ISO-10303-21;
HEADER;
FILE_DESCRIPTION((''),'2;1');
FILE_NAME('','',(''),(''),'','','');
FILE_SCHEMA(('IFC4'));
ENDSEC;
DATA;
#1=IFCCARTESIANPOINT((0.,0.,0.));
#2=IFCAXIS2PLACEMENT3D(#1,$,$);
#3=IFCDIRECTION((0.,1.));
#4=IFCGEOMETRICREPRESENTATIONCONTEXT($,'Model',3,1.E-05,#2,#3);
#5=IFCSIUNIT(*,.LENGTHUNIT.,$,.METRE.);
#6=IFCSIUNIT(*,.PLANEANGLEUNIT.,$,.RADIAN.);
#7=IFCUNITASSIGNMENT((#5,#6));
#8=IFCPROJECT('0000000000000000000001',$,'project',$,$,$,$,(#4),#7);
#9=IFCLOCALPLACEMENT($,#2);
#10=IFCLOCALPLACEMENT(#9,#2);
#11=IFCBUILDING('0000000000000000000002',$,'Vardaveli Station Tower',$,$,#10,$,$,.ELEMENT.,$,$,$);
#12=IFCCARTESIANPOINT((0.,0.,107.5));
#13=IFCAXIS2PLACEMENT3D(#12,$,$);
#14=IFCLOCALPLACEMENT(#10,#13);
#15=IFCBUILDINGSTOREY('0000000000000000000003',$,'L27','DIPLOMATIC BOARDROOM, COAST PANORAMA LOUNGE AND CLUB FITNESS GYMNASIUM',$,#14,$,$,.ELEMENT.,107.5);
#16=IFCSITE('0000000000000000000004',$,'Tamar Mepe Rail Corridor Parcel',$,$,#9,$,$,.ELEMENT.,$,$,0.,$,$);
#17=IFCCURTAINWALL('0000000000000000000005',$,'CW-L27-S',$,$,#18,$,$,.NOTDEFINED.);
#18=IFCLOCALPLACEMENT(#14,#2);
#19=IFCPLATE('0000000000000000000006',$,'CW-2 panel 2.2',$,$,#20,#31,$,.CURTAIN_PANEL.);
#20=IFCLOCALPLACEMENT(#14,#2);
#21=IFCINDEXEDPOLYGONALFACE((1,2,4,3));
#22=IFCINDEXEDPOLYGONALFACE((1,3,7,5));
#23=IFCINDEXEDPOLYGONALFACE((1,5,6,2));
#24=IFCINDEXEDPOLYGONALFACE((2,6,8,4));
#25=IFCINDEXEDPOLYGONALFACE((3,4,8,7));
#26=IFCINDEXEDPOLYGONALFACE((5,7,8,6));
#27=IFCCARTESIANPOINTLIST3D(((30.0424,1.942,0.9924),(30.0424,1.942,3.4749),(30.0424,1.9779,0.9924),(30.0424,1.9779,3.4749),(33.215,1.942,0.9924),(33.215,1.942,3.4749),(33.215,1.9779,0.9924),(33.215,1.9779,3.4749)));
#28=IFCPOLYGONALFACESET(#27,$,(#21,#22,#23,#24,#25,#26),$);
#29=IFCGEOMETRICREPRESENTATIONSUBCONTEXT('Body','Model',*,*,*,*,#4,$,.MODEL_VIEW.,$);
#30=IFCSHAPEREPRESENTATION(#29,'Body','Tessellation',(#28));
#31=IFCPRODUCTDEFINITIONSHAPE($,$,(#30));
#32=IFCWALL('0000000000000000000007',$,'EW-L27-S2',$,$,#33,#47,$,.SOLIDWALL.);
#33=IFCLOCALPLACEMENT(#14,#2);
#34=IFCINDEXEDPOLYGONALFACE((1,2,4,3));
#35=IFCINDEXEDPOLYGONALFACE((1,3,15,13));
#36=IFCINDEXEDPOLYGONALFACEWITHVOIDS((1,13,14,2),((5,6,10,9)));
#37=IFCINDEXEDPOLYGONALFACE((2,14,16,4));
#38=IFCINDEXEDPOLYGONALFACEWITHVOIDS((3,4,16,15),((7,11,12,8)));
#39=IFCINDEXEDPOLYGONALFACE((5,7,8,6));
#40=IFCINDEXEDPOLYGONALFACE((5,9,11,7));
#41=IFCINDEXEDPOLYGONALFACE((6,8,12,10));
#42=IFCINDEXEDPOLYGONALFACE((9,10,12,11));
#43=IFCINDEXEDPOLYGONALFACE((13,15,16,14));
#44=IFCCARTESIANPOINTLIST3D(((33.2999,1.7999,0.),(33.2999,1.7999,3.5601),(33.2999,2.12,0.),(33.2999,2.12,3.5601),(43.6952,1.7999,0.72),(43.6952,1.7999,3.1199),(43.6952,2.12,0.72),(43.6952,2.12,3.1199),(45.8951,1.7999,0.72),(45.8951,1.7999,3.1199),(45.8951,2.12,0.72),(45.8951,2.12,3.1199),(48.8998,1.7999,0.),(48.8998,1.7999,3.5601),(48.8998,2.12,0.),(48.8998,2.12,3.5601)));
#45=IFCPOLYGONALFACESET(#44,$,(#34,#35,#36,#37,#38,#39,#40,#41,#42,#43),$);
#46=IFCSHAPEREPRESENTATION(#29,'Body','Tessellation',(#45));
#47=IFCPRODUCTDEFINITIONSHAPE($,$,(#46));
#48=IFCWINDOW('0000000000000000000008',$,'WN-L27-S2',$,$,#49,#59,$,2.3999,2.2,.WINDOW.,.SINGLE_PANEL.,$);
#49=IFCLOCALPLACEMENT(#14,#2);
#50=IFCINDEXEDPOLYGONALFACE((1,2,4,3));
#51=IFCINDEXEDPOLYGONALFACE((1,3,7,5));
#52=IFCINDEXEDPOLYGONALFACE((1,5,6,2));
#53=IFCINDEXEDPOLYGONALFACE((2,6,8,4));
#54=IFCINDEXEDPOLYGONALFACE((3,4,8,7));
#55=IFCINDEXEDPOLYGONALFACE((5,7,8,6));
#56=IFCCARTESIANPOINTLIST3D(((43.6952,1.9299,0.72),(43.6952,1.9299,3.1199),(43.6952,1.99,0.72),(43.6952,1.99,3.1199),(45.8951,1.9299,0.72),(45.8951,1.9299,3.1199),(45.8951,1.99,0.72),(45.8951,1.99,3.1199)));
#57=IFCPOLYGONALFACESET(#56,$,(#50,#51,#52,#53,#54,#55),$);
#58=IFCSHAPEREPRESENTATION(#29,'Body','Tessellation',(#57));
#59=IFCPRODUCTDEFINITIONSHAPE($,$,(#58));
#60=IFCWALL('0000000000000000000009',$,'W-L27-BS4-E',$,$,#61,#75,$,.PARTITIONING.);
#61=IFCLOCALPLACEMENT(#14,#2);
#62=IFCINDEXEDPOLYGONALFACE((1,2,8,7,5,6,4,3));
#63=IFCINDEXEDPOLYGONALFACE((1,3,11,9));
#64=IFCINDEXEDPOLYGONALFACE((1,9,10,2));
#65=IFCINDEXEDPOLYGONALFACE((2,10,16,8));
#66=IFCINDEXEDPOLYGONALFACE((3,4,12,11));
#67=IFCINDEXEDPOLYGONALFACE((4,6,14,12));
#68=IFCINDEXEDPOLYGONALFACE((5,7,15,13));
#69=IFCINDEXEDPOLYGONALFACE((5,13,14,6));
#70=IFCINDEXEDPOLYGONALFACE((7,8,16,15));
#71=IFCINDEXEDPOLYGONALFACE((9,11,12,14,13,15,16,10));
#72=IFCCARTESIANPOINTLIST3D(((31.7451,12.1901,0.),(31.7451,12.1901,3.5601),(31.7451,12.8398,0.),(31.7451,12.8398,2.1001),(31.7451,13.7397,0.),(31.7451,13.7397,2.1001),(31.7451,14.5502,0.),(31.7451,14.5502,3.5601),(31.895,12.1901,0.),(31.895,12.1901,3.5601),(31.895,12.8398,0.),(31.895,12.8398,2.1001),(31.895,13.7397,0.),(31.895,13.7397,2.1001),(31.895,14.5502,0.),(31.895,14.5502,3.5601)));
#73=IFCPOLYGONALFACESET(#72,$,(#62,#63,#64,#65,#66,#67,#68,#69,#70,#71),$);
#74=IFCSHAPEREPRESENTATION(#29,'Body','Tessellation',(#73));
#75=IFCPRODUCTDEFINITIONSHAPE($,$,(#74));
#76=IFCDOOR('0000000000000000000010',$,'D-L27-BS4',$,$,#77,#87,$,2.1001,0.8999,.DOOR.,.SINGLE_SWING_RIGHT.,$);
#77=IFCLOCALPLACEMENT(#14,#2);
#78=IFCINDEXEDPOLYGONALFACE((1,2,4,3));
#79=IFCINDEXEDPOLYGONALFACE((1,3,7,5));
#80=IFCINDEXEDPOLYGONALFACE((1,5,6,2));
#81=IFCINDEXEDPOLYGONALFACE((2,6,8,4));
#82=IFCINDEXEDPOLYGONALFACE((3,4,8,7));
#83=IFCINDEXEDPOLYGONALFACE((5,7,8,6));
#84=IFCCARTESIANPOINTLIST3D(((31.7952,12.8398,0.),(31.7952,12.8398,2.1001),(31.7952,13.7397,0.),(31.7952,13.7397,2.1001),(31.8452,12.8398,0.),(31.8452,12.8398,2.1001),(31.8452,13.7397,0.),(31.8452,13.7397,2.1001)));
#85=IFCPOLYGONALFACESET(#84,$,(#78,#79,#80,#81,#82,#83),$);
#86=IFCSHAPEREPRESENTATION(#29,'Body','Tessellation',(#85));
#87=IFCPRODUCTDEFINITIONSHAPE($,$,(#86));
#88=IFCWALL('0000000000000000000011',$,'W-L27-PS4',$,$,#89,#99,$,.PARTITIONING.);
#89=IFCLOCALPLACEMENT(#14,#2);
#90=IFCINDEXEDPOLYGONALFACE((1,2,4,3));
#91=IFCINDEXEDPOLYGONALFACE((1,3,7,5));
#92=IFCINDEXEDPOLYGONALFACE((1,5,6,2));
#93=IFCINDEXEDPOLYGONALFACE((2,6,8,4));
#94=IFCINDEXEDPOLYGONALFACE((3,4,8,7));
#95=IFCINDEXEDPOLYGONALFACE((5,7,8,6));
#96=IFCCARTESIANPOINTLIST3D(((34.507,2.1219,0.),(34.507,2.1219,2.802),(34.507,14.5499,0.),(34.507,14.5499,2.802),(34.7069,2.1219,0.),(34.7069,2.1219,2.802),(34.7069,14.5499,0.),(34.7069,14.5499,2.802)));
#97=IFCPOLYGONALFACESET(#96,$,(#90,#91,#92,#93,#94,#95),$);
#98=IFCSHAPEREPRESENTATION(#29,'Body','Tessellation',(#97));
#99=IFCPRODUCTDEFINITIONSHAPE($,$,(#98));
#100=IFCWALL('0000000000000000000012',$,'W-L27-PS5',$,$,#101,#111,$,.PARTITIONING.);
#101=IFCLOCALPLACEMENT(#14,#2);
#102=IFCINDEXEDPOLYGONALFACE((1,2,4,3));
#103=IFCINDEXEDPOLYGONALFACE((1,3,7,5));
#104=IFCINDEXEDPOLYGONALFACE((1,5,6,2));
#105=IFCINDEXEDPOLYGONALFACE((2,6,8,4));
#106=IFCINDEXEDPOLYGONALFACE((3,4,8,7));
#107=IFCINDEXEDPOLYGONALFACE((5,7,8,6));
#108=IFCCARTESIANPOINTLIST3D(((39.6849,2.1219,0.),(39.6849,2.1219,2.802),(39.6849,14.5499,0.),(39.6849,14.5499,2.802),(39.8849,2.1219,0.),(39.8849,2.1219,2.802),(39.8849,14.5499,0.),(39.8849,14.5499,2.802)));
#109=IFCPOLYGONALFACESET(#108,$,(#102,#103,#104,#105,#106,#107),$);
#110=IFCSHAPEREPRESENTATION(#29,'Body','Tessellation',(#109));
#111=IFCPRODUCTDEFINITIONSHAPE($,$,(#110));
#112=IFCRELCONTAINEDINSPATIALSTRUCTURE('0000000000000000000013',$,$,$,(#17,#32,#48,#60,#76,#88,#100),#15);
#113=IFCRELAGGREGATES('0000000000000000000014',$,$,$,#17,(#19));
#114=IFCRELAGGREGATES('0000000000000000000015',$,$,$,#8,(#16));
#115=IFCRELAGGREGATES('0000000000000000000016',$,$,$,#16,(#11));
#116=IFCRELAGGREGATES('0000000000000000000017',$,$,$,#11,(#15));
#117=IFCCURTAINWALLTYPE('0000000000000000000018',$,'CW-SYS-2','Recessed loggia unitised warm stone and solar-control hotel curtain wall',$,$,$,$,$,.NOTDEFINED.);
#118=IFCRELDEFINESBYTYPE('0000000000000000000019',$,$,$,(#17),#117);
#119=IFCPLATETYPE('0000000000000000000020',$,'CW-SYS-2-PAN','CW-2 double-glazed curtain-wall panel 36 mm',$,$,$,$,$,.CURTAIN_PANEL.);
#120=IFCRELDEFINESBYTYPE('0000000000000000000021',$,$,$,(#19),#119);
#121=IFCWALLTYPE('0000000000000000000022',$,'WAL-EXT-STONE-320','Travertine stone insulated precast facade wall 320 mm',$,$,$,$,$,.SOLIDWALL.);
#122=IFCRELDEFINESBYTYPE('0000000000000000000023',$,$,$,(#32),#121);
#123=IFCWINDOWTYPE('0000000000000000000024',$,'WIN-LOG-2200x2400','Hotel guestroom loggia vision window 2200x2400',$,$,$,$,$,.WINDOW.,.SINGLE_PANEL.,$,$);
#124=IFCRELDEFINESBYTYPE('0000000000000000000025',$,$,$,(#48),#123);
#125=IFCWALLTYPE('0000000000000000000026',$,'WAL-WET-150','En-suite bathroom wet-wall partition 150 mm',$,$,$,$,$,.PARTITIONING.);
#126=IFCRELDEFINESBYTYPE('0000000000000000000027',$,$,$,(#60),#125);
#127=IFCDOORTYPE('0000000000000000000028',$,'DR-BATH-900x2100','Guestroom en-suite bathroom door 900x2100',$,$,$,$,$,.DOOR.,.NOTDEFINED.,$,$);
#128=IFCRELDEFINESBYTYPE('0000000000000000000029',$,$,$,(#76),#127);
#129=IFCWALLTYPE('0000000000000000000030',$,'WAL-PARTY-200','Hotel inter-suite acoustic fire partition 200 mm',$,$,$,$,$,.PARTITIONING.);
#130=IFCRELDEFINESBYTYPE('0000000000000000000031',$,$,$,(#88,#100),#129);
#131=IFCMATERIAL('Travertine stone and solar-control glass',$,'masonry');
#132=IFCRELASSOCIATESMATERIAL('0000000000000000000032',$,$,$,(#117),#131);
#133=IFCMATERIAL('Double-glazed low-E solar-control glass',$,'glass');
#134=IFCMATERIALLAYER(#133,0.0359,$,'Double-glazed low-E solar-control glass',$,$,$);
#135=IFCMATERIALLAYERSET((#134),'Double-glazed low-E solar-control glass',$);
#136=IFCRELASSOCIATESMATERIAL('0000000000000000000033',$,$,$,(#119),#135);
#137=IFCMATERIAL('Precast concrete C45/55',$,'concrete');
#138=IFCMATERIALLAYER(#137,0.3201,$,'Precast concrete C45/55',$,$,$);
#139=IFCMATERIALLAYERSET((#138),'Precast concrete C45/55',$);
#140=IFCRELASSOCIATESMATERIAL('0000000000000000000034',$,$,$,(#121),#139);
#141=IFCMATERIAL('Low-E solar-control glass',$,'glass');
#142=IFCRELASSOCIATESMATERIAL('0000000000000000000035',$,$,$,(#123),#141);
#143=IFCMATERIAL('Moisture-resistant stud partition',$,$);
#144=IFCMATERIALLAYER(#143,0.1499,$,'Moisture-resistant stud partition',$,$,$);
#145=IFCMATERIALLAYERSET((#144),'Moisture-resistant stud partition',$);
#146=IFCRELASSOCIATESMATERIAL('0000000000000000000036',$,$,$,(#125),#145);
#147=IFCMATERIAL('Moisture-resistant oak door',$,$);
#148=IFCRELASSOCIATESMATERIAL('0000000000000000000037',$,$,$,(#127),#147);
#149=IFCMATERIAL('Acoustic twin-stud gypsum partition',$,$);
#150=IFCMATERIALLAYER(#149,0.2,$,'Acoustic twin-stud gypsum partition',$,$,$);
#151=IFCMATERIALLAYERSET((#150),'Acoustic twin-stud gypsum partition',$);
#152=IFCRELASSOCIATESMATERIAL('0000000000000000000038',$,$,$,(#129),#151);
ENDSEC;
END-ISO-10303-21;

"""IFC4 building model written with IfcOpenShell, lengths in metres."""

from ifc_helpers import new_model, si_unit, direction, frame, frame_2d, origin, origin_2d, place, context, subcontext, project, spatial, rectangle, extrude, source, transform, mapped, material, layer, layer_set, type_object, element, fill, aggregate, save


model = new_model("IFC4")

# Units and contexts
model_context = context("Model", 3, precision=1e-05, world=origin(), true_north=direction((0.0, 1.0)))
body_context = subcontext(model_context, "Body", "Model", "MODEL_VIEW")
ifc_project = project(units=[si_unit("LENGTHUNIT", "METRE"), si_unit("PLANEANGLEUNIT", "RADIAN")], contexts=[model_context])

# Site, building, storey
site_placement = place(None, origin())
site = spatial("IfcSite", under=ifc_project, at=site_placement, Name="Tamar Mepe Rail Corridor Parcel", CompositionType="ELEMENT", RefElevation=0.0)
building_placement = place(site_placement, origin())
building = spatial("IfcBuilding", under=site, at=building_placement, Name="Vardaveli Station Tower", CompositionType="ELEMENT")
storey_placement = place(building_placement, frame((0.0, 0.0, 107.5)))
storey = spatial("IfcBuildingStorey", under=building, at=storey_placement, Name="L27", Description="DIPLOMATIC BOARDROOM, COAST PANORAMA LOUNGE AND CLUB FITNESS GYMNASIUM", CompositionType="ELEMENT", Elevation=107.5)

# Shared definitions
ifc_material_1 = material(Name="Precast concrete C45/55", Category="concrete")

# Curtain wall, plate
ifc_material_2 = material(Name="Travertine stone and solar-control glass", Category="masonry")
curtain_wall_type = type_object("IfcCurtainWallType", Name="CW-SYS-2", Description="Recessed loggia unitised warm stone and solar-control hotel curtain wall", PredefinedType="NOTDEFINED", material=ifc_material_2)
curtain_wall_placement = place(storey_placement, origin())
curtain_wall = element("IfcCurtainWall", 1, at=curtain_wall_placement, inside=storey, type_object=curtain_wall_type, Name="CW-L27-S", PredefinedType="NOTDEFINED")
ifc_material_3 = material(Name="Double-glazed low-E solar-control glass", Category="glass")
ifc_layer_1 = layer(ifc_material_3, 0.0359, Name="Double-glazed low-E solar-control glass")
ifc_layer_set_1 = layer_set([ifc_layer_1], Name="Double-glazed low-E solar-control glass")
plate_type = type_object("IfcPlateType", Name="CW-SYS-2-PAN", Description="CW-2 double-glazed curtain-wall panel 36 mm", PredefinedType="CURTAIN_PANEL", material=ifc_layer_set_1)
shared_shape_1 = source(origin(), body_context, "Body", "SweptSolid", [
    extrude(rectangle(XDim=3.1726, YDim=0.0359, at=origin_2d()), origin(), (0.0, 0.0, 1.0), 2.4824),
])
plate_1_placement = place(storey_placement, frame((31.6287, 1.96, 0.9924), z_axis=(0.0, 0.0, 1.0), x_axis=(1.0, 0.0, 0.0)))
plate_1 = element("IfcPlate", 2, at=plate_1_placement, type_object=plate_type, Name="CW-2 panel 2.2", PredefinedType="CURTAIN_PANEL", context=body_context, shape_type="MappedRepresentation", body=[
    mapped(shared_shape_1, transform((0.0, 0.0, 0.0), scale=1.0)),
])
aggregate(curtain_wall, [plate_1])

# Wall, opening, window
ifc_layer_2 = layer(ifc_material_1, 0.3201, Name="Precast concrete C45/55")
ifc_layer_set_2 = layer_set([ifc_layer_2], Name="Precast concrete C45/55")
wall_type_1 = type_object("IfcWallType", Name="WAL-EXT-STONE-320", Description="Travertine stone insulated precast facade wall 320 mm", PredefinedType="SOLIDWALL", material=ifc_layer_set_2)
shared_shape_2 = source(origin(), body_context, "Body", "SweptSolid", [
    extrude(rectangle(XDim=15.5999, YDim=0.3201, at=frame_2d((7.7998, 0.0))), origin(), (0.0, 0.0, 1.0), 3.5601),
])
wall_1_placement = place(storey_placement, frame((33.3, 1.96, 0.0), z_axis=(0.0, 0.0, 1.0), x_axis=(1.0, 0.0, 0.0)))
wall_1 = element("IfcWall", 3, at=wall_1_placement, inside=storey, type_object=wall_type_1, Name="EW-L27-S2", PredefinedType="SOLIDWALL", context=body_context, shape_type="MappedRepresentation", body=[
    mapped(shared_shape_2, transform((0.0, 0.0, 0.0), scale=1.0)),
])
shared_shape_3 = source(origin(), body_context, "Body", "SweptSolid", [
    extrude(rectangle(XDim=2.2, YDim=2.3999, at=frame_2d((1.1001, 1.2))), frame((0.0, 0.1699, 0.0), z_axis=(0.0, -1.0, 0.0), x_axis=(1.0, 0.0, 0.0)), (0.0, 0.0, 1.0), 0.3401),
])
opening_1_placement = place(wall_1_placement, frame((10.395, 0.0, 0.72)))
opening_1 = element("IfcOpeningElement", 4, at=opening_1_placement, cuts=wall_1, PredefinedType="OPENING", context=body_context, shape_type="MappedRepresentation", body=[
    mapped(shared_shape_3, transform((0.0, 0.0, 0.0), scale=1.0)),
])
ifc_material_4 = material(Name="Low-E solar-control glass", Category="glass")
window_type = type_object("IfcWindowType", Name="WIN-LOG-2200x2400", Description="Hotel guestroom loggia vision window 2200x2400", PartitioningType="SINGLE_PANEL", PredefinedType="WINDOW", material=ifc_material_4)
shared_shape_4 = source(origin(), body_context, "Body", "SweptSolid", [
    extrude(rectangle(XDim=2.2, YDim=2.3999, at=frame_2d((1.1001, 1.2))), frame((0.0, 0.03, 0.0), z_axis=(0.0, -1.0, 0.0), x_axis=(1.0, 0.0, 0.0)), (0.0, 0.0, 1.0), 0.0601),
])
window_placement = place(opening_1_placement, origin())
window = element("IfcWindow", 5, at=window_placement, inside=storey, type_object=window_type, Name="WN-L27-S2", OverallHeight=2.3999, OverallWidth=2.2, PartitioningType="SINGLE_PANEL", PredefinedType="WINDOW", context=body_context, shape_type="MappedRepresentation", body=[
    mapped(shared_shape_4, transform((0.0, 0.0, 0.0), scale=1.0)),
])
fill(opening_1, window)

# Wall, opening, door
ifc_material_5 = material(Name="Moisture-resistant stud partition")
ifc_layer_3 = layer(ifc_material_5, 0.1499, Name="Moisture-resistant stud partition")
ifc_layer_set_3 = layer_set([ifc_layer_3], Name="Moisture-resistant stud partition")
wall_type_2 = type_object("IfcWallType", Name="WAL-WET-150", Description="En-suite bathroom wet-wall partition 150 mm", PredefinedType="PARTITIONING", material=ifc_layer_set_3)
shared_shape_5 = source(origin(), body_context, "Body", "SweptSolid", [
    extrude(rectangle(XDim=2.3601, YDim=0.1499, at=frame_2d((1.1802, 0.0))), origin(), (0.0, 0.0, 1.0), 3.5601),
])
wall_2_placement = place(storey_placement, frame((31.8201, 12.1899, 0.0), z_axis=(0.0, 0.0, 1.0), x_axis=(0.0, 1.0, 0.0)))
wall_2 = element("IfcWall", 6, at=wall_2_placement, inside=storey, type_object=wall_type_2, Name="W-L27-BS4-E", PredefinedType="PARTITIONING", context=body_context, shape_type="MappedRepresentation", body=[
    mapped(shared_shape_5, transform((0.0, 0.0, 0.0), scale=1.0)),
])
shared_shape_6 = source(origin(), body_context, "Body", "SweptSolid", [
    extrude(rectangle(XDim=0.8999, YDim=2.1001, at=frame_2d((0.45, 1.05))), frame((0.0, 0.085, 0.0), z_axis=(0.0, -1.0, 0.0), x_axis=(1.0, 0.0, 0.0)), (0.0, 0.0, 1.0), 0.1699),
])
opening_2_placement = place(wall_2_placement, frame((0.6499, 0.0, 0.0)))
opening_2 = element("IfcOpeningElement", 7, at=opening_2_placement, cuts=wall_2, PredefinedType="OPENING", context=body_context, shape_type="MappedRepresentation", body=[
    mapped(shared_shape_6, transform((0.0, 0.0, 0.0), scale=1.0)),
])
ifc_material_6 = material(Name="Moisture-resistant oak door")
door_type = type_object("IfcDoorType", Name="DR-BATH-900x2100", Description="Guestroom en-suite bathroom door 900x2100", OperationType="NOTDEFINED", PredefinedType="DOOR", material=ifc_material_6)
shared_shape_7 = source(origin(), body_context, "Body", "SweptSolid", [
    extrude(rectangle(XDim=0.8999, YDim=2.1001, at=frame_2d((0.45, 1.05))), frame((0.0, 0.0249, 0.0), z_axis=(0.0, -1.0, 0.0), x_axis=(1.0, 0.0, 0.0)), (0.0, 0.0, 1.0), 0.05),
])
door_placement = place(opening_2_placement, origin())
door = element("IfcDoor", 8, at=door_placement, inside=storey, type_object=door_type, Name="D-L27-BS4", OperationType="SINGLE_SWING_RIGHT", OverallHeight=2.1001, OverallWidth=0.8999, PredefinedType="DOOR", context=body_context, shape_type="MappedRepresentation", body=[
    mapped(shared_shape_7, transform((0.0, 0.0, 0.0), scale=1.0)),
])
fill(opening_2, door)

# Walls
ifc_material_7 = material(Name="Acoustic twin-stud gypsum partition")
ifc_layer_4 = layer(ifc_material_7, 0.2, Name="Acoustic twin-stud gypsum partition")
ifc_layer_set_4 = layer_set([ifc_layer_4], Name="Acoustic twin-stud gypsum partition")
wall_type_3 = type_object("IfcWallType", Name="WAL-PARTY-200", Description="Hotel inter-suite acoustic fire partition 200 mm", PredefinedType="PARTITIONING", material=ifc_layer_set_4)
shared_shape_8 = source(origin(), body_context, "Body", "SweptSolid", [
    extrude(rectangle(XDim=12.428, YDim=0.2, at=frame_2d((6.2139, 0.0))), origin(), (0.0, 0.0, 1.0), 2.802),
])
for number, where, z_axis, x_axis, name in (
    (9, (34.6069, 2.1221, 0.0), (0.0, 0.0, 1.0), (0.0, 1.0, 0.0), "W-L27-PS4"),
    (10, (39.7849, 2.1221, 0.0), (0.0, 0.0, 1.0), (0.0, 1.0, 0.0), "W-L27-PS5"),
):
    element("IfcWall", number, at=place(storey_placement, frame(where, z_axis=z_axis, x_axis=x_axis)), inside=storey, type_object=wall_type_3, Name=name, PredefinedType="PARTITIONING", context=body_context, shape_type="MappedRepresentation", body=[
        mapped(shared_shape_8, transform((0.0, 0.0, 0.0), scale=1.0)),
    ])

save(model, "model.ifc")
